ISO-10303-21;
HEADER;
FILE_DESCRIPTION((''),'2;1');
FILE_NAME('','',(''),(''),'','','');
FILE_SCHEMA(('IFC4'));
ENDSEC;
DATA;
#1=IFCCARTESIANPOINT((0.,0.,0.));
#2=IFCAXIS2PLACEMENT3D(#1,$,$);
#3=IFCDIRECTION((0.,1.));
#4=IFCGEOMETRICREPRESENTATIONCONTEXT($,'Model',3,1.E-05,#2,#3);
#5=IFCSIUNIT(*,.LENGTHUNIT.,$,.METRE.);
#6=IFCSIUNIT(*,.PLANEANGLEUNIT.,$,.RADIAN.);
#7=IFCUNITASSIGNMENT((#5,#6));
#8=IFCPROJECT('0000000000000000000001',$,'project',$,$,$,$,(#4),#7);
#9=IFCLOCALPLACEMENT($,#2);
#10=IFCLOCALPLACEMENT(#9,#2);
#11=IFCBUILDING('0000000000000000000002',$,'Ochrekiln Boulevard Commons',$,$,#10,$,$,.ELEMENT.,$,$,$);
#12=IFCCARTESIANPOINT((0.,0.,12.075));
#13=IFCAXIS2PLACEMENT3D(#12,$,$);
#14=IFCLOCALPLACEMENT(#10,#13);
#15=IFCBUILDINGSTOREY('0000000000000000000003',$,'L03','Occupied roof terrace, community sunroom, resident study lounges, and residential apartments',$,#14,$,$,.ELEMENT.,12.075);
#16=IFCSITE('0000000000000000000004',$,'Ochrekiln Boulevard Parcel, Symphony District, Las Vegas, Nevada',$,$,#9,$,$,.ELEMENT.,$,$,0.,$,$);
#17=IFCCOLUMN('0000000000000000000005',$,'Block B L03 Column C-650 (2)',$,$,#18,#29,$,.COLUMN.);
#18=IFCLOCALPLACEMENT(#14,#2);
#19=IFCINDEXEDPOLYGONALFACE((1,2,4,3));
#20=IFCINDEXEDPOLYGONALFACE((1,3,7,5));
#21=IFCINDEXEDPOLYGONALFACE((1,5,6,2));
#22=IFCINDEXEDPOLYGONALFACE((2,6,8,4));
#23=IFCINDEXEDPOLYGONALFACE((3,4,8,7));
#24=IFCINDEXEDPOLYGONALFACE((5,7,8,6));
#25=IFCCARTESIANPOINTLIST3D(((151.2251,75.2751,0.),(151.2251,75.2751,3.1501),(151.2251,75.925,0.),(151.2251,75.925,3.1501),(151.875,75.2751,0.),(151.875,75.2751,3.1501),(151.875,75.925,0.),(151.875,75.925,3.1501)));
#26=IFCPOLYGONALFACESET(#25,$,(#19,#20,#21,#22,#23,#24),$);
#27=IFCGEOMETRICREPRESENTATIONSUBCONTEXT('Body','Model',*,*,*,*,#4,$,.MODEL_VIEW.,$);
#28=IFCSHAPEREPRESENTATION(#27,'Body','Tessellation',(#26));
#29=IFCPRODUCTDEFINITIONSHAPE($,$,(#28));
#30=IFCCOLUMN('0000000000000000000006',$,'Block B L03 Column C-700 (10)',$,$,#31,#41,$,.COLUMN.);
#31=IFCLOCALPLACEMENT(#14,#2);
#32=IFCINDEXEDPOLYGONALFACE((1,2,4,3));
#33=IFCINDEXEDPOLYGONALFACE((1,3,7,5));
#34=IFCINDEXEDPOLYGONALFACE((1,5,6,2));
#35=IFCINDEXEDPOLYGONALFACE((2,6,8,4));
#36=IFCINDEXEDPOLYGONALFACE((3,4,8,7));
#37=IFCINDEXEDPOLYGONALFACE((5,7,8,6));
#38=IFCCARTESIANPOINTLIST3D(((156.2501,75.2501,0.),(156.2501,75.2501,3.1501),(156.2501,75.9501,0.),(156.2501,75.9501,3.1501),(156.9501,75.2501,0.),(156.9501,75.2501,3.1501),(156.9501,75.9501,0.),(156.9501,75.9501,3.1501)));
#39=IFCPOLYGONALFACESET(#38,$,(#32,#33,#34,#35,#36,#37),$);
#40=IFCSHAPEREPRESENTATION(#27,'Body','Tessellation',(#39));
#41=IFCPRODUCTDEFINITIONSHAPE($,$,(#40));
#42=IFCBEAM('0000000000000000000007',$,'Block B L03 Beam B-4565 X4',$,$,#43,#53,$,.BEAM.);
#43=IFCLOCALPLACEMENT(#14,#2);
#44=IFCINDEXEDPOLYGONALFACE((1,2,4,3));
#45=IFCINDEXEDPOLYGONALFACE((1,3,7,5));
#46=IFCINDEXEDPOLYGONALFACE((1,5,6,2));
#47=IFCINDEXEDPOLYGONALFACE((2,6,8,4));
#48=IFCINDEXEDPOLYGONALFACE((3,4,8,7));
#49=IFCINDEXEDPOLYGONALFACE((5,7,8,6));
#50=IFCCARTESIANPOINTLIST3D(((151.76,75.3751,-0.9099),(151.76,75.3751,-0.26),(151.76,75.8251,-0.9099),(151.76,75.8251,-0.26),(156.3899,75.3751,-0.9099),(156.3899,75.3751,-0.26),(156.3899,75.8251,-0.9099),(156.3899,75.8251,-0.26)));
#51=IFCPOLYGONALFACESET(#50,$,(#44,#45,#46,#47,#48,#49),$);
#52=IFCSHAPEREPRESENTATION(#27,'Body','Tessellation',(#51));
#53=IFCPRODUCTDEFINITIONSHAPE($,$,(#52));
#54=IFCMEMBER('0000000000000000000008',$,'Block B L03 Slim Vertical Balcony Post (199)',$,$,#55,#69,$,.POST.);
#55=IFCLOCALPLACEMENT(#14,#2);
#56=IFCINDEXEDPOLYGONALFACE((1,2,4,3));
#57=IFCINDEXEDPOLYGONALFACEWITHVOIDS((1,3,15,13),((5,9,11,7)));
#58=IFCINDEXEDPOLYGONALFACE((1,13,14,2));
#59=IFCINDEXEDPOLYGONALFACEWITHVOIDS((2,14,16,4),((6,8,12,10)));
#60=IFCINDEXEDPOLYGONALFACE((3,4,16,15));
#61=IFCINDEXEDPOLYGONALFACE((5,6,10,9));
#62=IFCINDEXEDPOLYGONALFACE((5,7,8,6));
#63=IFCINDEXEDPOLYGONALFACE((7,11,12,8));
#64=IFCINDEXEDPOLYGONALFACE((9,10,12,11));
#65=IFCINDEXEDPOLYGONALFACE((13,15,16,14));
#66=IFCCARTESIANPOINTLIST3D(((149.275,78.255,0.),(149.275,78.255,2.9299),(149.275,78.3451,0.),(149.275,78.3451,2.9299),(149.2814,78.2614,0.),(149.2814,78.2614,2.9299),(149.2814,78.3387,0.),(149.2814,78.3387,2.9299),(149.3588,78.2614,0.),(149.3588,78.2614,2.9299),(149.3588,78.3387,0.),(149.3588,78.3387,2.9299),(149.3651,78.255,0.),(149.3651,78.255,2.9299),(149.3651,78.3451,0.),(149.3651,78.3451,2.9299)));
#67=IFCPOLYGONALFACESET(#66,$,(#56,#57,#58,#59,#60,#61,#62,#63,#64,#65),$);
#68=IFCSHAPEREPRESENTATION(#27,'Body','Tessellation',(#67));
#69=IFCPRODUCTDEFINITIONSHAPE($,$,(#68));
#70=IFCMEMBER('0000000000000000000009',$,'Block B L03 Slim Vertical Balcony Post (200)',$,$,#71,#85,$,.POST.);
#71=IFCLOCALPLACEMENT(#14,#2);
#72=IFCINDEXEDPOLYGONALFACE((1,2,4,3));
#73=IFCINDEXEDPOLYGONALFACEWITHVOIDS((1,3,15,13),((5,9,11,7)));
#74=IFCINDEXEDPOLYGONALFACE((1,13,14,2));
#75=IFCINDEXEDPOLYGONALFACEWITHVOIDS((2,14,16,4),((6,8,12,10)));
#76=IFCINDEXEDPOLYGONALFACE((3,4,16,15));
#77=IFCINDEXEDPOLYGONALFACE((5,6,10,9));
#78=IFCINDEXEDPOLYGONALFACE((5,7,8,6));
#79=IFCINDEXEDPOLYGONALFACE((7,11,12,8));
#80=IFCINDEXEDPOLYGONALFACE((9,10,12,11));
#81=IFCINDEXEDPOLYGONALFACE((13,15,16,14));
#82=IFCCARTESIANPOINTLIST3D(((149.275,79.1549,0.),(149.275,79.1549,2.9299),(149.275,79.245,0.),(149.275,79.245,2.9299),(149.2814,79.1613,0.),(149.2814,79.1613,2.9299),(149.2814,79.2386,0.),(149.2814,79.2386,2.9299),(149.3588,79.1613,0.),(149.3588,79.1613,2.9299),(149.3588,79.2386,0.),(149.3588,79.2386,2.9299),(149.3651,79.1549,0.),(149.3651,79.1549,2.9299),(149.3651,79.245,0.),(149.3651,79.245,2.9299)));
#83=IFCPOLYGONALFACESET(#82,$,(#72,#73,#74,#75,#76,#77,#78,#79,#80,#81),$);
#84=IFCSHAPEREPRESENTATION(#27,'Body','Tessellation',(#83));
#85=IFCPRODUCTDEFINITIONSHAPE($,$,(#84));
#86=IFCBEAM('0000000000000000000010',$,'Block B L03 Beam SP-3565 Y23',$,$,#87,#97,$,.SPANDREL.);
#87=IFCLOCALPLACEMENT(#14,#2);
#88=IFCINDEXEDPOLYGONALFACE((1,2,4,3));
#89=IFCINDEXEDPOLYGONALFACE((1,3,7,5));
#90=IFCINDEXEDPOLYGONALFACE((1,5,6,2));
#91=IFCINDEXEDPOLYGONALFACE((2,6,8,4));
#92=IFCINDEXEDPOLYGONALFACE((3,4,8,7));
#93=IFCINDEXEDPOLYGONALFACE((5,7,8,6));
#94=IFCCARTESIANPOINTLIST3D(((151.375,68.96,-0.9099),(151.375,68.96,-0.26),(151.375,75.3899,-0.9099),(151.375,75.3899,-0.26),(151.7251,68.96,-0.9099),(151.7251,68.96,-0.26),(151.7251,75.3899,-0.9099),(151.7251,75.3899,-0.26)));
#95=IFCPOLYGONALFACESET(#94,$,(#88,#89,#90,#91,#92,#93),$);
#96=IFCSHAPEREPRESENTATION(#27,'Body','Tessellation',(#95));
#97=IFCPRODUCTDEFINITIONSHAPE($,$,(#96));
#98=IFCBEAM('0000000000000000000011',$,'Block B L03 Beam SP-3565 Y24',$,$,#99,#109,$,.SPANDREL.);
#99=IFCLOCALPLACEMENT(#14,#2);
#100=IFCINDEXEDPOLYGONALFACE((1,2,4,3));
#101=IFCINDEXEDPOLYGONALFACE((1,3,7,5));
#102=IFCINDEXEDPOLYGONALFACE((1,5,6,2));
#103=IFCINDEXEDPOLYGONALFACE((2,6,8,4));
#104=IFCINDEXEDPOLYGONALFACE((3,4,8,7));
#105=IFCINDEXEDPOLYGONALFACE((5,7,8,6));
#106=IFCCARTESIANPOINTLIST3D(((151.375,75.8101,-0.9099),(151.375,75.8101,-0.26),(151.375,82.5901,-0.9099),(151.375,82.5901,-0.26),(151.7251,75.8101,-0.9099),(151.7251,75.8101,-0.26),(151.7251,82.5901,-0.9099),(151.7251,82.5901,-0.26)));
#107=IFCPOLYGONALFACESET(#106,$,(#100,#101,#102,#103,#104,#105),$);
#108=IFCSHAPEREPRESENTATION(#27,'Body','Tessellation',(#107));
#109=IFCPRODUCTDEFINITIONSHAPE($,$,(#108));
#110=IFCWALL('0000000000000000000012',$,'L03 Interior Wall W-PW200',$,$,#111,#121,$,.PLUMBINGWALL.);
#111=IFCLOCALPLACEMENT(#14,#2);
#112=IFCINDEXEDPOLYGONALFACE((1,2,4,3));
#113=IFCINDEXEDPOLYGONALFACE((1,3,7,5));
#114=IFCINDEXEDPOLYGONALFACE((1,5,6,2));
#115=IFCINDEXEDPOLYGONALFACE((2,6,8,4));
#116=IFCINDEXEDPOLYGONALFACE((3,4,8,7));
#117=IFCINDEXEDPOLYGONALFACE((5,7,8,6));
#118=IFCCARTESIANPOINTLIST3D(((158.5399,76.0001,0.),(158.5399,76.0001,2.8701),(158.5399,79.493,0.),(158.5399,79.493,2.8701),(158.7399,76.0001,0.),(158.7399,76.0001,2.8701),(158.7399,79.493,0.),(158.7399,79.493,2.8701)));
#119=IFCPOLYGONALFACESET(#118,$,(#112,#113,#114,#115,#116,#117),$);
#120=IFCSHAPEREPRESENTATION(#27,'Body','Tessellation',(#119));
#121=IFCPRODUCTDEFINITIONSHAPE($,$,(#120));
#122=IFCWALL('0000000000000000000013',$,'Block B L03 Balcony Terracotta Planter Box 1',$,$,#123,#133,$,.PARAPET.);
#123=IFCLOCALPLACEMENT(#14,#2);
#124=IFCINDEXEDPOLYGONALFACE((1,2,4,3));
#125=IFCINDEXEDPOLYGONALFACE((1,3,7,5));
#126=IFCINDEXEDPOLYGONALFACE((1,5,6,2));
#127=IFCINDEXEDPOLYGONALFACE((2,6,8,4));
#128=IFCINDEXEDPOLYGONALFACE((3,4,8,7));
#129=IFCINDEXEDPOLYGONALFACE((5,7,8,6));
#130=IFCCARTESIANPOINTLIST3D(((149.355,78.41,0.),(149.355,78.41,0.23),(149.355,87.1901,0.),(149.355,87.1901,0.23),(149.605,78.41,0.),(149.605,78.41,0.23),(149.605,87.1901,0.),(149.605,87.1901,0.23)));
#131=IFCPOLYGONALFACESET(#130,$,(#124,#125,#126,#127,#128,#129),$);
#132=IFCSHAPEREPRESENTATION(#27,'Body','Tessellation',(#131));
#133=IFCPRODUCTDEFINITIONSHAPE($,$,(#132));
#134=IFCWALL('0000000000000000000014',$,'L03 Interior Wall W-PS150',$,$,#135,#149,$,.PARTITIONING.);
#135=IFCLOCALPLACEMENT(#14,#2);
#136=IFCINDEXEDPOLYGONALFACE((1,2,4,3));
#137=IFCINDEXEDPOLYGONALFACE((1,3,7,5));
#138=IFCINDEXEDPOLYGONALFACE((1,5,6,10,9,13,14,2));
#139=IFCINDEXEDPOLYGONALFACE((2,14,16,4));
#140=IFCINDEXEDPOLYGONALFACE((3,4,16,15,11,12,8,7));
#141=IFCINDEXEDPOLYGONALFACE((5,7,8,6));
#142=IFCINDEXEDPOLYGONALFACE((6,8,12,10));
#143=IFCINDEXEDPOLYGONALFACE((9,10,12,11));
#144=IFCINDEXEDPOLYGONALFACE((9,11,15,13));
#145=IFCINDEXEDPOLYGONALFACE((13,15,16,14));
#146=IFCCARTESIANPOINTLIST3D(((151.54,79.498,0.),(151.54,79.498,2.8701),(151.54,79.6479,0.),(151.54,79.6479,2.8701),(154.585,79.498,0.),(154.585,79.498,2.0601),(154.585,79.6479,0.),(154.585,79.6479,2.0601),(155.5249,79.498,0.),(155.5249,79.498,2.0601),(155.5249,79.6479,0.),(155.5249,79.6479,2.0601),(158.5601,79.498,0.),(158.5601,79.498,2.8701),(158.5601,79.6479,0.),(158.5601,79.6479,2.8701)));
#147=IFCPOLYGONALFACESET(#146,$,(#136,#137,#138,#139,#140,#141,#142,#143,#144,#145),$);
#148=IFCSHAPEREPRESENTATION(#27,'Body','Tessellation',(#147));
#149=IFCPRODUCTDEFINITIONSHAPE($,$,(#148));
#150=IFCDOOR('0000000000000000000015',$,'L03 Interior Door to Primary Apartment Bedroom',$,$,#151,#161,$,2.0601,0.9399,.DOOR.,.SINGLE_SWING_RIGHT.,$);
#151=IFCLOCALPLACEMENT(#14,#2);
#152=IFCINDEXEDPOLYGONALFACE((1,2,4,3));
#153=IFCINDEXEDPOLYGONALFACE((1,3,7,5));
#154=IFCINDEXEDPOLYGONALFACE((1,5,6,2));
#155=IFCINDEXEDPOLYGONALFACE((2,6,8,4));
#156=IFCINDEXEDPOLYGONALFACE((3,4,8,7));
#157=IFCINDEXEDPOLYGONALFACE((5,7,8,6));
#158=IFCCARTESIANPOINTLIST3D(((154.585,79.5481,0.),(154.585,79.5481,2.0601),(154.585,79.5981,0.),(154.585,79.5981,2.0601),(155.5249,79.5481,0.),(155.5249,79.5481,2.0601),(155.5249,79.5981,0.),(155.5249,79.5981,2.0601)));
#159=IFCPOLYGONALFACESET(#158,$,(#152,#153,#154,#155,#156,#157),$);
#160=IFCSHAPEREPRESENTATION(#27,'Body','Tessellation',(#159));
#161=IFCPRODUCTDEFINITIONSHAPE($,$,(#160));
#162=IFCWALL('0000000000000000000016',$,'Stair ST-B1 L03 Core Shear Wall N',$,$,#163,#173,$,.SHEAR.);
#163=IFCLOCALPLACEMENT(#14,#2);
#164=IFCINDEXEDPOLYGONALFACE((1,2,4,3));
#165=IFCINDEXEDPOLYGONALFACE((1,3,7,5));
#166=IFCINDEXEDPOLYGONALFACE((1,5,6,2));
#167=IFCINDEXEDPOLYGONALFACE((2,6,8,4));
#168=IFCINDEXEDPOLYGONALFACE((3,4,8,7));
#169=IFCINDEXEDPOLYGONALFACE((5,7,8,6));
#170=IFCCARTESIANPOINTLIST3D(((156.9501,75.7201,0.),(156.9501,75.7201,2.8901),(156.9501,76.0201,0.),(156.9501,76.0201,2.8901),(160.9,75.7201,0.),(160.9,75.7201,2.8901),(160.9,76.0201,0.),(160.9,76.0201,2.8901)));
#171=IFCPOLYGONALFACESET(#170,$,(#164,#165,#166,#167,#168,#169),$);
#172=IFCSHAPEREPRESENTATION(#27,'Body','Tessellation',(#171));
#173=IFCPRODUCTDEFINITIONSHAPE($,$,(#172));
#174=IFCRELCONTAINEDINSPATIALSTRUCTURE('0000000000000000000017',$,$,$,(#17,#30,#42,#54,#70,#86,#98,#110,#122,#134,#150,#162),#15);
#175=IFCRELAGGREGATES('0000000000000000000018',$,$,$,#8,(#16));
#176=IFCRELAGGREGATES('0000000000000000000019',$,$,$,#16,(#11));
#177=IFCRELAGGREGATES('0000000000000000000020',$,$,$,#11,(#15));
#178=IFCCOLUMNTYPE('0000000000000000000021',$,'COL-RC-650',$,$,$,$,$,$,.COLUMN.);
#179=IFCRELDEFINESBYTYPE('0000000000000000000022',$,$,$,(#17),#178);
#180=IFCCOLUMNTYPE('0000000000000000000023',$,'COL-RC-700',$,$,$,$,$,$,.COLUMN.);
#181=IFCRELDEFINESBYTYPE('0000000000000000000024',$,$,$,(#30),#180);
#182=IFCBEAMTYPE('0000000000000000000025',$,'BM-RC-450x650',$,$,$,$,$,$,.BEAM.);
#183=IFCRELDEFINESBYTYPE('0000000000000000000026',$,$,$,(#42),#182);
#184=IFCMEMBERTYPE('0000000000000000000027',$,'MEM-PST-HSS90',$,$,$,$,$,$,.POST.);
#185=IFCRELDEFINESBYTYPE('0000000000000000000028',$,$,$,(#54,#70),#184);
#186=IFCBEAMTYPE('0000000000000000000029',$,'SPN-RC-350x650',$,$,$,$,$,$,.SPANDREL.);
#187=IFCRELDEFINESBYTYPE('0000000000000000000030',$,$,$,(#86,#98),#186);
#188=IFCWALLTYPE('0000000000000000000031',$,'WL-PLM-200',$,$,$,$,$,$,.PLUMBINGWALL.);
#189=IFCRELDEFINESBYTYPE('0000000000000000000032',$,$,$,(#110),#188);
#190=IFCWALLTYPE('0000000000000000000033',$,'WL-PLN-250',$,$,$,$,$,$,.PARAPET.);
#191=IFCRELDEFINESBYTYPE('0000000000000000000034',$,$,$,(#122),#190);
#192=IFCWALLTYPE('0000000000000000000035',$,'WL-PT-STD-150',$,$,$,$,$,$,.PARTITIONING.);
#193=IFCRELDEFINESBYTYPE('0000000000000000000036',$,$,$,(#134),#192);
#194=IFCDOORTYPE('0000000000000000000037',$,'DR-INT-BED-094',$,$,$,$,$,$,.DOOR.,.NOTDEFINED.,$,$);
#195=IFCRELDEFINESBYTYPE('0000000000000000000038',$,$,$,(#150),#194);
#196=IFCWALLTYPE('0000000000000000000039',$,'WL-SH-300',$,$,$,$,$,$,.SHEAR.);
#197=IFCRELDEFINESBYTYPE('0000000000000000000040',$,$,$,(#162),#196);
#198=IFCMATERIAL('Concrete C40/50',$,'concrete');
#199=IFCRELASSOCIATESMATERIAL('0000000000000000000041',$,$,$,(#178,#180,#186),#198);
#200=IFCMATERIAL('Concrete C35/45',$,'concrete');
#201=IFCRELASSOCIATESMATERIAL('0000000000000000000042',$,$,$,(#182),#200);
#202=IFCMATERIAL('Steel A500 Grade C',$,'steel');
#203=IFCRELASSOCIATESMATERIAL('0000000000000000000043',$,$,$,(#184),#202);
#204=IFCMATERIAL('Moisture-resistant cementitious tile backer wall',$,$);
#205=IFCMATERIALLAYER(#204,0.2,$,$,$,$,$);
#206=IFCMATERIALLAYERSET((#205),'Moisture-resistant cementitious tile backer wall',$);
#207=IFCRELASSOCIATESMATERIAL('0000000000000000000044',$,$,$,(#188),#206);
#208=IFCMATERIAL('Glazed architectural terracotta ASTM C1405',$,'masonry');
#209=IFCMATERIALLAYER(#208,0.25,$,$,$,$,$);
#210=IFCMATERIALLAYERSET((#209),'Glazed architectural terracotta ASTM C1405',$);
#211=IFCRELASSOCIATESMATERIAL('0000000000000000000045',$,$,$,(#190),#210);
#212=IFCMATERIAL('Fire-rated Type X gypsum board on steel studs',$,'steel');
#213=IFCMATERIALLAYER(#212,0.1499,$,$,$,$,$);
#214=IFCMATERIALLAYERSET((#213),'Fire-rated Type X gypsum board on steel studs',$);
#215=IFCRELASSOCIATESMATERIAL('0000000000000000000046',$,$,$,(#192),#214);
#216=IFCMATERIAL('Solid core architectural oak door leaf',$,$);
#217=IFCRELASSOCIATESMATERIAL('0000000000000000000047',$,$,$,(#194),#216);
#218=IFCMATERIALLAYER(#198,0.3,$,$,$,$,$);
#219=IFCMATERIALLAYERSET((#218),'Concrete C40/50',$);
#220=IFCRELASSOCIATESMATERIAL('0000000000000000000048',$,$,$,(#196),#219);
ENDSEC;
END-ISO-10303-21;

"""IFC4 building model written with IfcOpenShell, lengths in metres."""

from ifc_helpers import new_model, si_unit, direction, frame, frame_2d, origin, origin_2d, place, context, subcontext, project, spatial, rectangle, hollow_rectangle, extrude, material, layer, layer_set, material_profile, profile_set, type_object, element, fill, save


model = new_model("IFC4")

# Units and contexts
model_context = context("Model", 3, precision=1e-05, world=origin(), true_north=direction((0.0, 1.0)))
body_context = subcontext(model_context, "Body", "Model", "MODEL_VIEW")
ifc_project = project(units=[si_unit("LENGTHUNIT", "METRE"), si_unit("PLANEANGLEUNIT", "RADIAN")], contexts=[model_context])

# Site, building, storey
site_placement = place(None, origin())
site = spatial("IfcSite", under=ifc_project, at=site_placement, Name="Ochrekiln Boulevard Parcel, Symphony District, Las Vegas, Nevada", CompositionType="ELEMENT", RefElevation=0.0)
building_placement = place(site_placement, origin())
building = spatial("IfcBuilding", under=site, at=building_placement, Name="Ochrekiln Boulevard Commons", CompositionType="ELEMENT")
storey_placement = place(building_placement, frame((0.0, 0.0, 12.075)))
storey = spatial("IfcBuildingStorey", under=building, at=storey_placement, Name="L03", Description="Occupied roof terrace, community sunroom, resident study lounges, and residential apartments", CompositionType="ELEMENT", Elevation=12.075)

# Columns
ifc_material_1 = material(Name="Concrete C40/50", Category="concrete")
ifc_material_profile_1 = material_profile(ifc_material_1, rectangle(XDim=0.6499, YDim=0.6499, at=origin_2d()), Name="RC-COL-650x650")
ifc_profile_set_1 = profile_set([ifc_material_profile_1], Name="Concrete C40/50")
column_type_1 = type_object("IfcColumnType", Name="COL-RC-650", PredefinedType="COLUMN", material=ifc_profile_set_1)
column_1_placement = place(storey_placement, frame((151.55, 75.6001, 0.0), z_axis=(0.0, 0.0, 1.0), x_axis=(1.0, 0.0, 0.0)))
element("IfcColumn", 1, at=column_1_placement, inside=storey, type_object=column_type_1, Name="Block B L03 Column C-650 (2)", PredefinedType="COLUMN", context=body_context, shape_type="SweptSolid", body=[
    extrude(rectangle(XDim=0.6499, YDim=0.6499, at=origin_2d()), origin(), (0.0, 0.0, 1.0), 3.1501),
])
ifc_material_profile_2 = material_profile(ifc_material_1, rectangle(XDim=0.7, YDim=0.7, at=origin_2d()), Name="RC-COL-700x700")
ifc_profile_set_2 = profile_set([ifc_material_profile_2], Name="Concrete C40/50")
column_type_2 = type_object("IfcColumnType", Name="COL-RC-700", PredefinedType="COLUMN", material=ifc_profile_set_2)
column_2_placement = place(storey_placement, frame((156.6001, 75.6001, 0.0), z_axis=(0.0, 0.0, 1.0), x_axis=(1.0, 0.0, 0.0)))
element("IfcColumn", 2, at=column_2_placement, inside=storey, type_object=column_type_2, Name="Block B L03 Column C-700 (10)", PredefinedType="COLUMN", context=body_context, shape_type="SweptSolid", body=[
    extrude(rectangle(XDim=0.7, YDim=0.7, at=origin_2d()), origin(), (0.0, 0.0, 1.0), 3.1501),
])

# Beam
ifc_material_2 = material(Name="Concrete C35/45", Category="concrete")
ifc_material_profile_3 = material_profile(ifc_material_2, rectangle(XDim=0.45, YDim=0.6499, at=origin_2d()), Name="RC-BM-450x650")
ifc_profile_set_3 = profile_set([ifc_material_profile_3], Name="Concrete C35/45")
beam_type_1 = type_object("IfcBeamType", Name="BM-RC-450x650", PredefinedType="BEAM", material=ifc_profile_set_3)
beam_1_placement = place(storey_placement, frame((151.76, 75.6001, -0.585), z_axis=(1.0, 0.0, 0.0), x_axis=(0.0, 1.0, 0.0)))
element("IfcBeam", 3, at=beam_1_placement, inside=storey, type_object=beam_type_1, Name="Block B L03 Beam B-4565 X4", PredefinedType="BEAM", context=body_context, shape_type="SweptSolid", body=[
    extrude(rectangle(XDim=0.45, YDim=0.6499, at=origin_2d()), origin(), (0.0, 0.0, 1.0), 4.6299),
])

# Members
ifc_material_3 = material(Name="Steel A500 Grade C", Category="steel")
ifc_material_profile_4 = material_profile(ifc_material_3, hollow_rectangle(XDim=0.0901, YDim=0.0901, WallThickness=0.0063, at=origin_2d()), Name="HSS90X90X6.4")
ifc_profile_set_4 = profile_set([ifc_material_profile_4], Name="Steel A500 Grade C")
member_type = type_object("IfcMemberType", Name="MEM-PST-HSS90", PredefinedType="POST", material=ifc_profile_set_4)
for number, where, z_axis, x_axis, name in (
    (4, (149.3201, 78.3, 0.0), (0.0, 0.0, 1.0), (1.0, 0.0, 0.0), "Block B L03 Slim Vertical Balcony Post (199)"),
    (5, (149.3201, 79.2, 0.0), (0.0, 0.0, 1.0), (1.0, 0.0, 0.0), "Block B L03 Slim Vertical Balcony Post (200)"),
):
    element("IfcMember", number, at=place(storey_placement, frame(where, z_axis=z_axis, x_axis=x_axis)), inside=storey, type_object=member_type, Name=name, PredefinedType="POST", context=body_context, shape_type="SweptSolid", body=[
        extrude(hollow_rectangle(XDim=0.0901, YDim=0.0901, WallThickness=0.0063, at=origin_2d()), origin(), (0.0, 0.0, 1.0), 2.9299),
    ])

# Beams
ifc_material_profile_5 = material_profile(ifc_material_1, rectangle(XDim=0.3501, YDim=0.6499, at=origin_2d()), Name="RC-SPN-350x650")
ifc_profile_set_5 = profile_set([ifc_material_profile_5], Name="Concrete C40/50")
beam_type_2 = type_object("IfcBeamType", Name="SPN-RC-350x650", PredefinedType="SPANDREL", material=ifc_profile_set_5)
beam_2_placement = place(storey_placement, frame((151.55, 68.96, -0.585), z_axis=(0.0, 1.0, 0.0), x_axis=(-1.0, 0.0, 0.0)))
element("IfcBeam", 6, at=beam_2_placement, inside=storey, type_object=beam_type_2, Name="Block B L03 Beam SP-3565 Y23", PredefinedType="SPANDREL", context=body_context, shape_type="SweptSolid", body=[
    extrude(rectangle(XDim=0.3501, YDim=0.6499, at=origin_2d()), origin(), (0.0, 0.0, 1.0), 6.4299),
])
beam_3_placement = place(storey_placement, frame((151.55, 75.8101, -0.585), z_axis=(0.0, 1.0, 0.0), x_axis=(-1.0, 0.0, 0.0)))
element("IfcBeam", 7, at=beam_3_placement, inside=storey, type_object=beam_type_2, Name="Block B L03 Beam SP-3565 Y24", PredefinedType="SPANDREL", context=body_context, shape_type="SweptSolid", body=[
    extrude(rectangle(XDim=0.3501, YDim=0.6499, at=origin_2d()), origin(), (0.0, 0.0, 1.0), 6.78),
])

# Walls
ifc_material_4 = material(Name="Moisture-resistant cementitious tile backer wall")
ifc_layer_1 = layer(ifc_material_4, 0.2)
ifc_layer_set_1 = layer_set([ifc_layer_1], Name="Moisture-resistant cementitious tile backer wall")
wall_type_1 = type_object("IfcWallType", Name="WL-PLM-200", PredefinedType="PLUMBINGWALL", material=ifc_layer_set_1)
wall_1_placement = place(storey_placement, frame((158.6399, 76.0, 0.0), z_axis=(0.0, 0.0, 1.0), x_axis=(0.0, 1.0, 0.0)))
element("IfcWall", 8, at=wall_1_placement, inside=storey, type_object=wall_type_1, Name="L03 Interior Wall W-PW200", PredefinedType="PLUMBINGWALL", context=body_context, shape_type="SweptSolid", body=[
    extrude(rectangle(XDim=3.4929, YDim=0.2, at=frame_2d((1.7466, 0.0))), origin(), (0.0, 0.0, 1.0), 2.8701),
])
ifc_material_5 = material(Name="Glazed architectural terracotta ASTM C1405", Category="masonry")
ifc_layer_2 = layer(ifc_material_5, 0.25)
ifc_layer_set_2 = layer_set([ifc_layer_2], Name="Glazed architectural terracotta ASTM C1405")
wall_type_2 = type_object("IfcWallType", Name="WL-PLN-250", PredefinedType="PARAPET", material=ifc_layer_set_2)
wall_2_placement = place(storey_placement, frame((149.48, 78.4099, 0.0), z_axis=(0.0, 0.0, 1.0), x_axis=(0.0, 1.0, 0.0)))
element("IfcWall", 9, at=wall_2_placement, inside=storey, type_object=wall_type_2, Name="Block B L03 Balcony Terracotta Planter Box 1", PredefinedType="PARAPET", context=body_context, shape_type="SweptSolid", body=[
    extrude(rectangle(XDim=8.78, YDim=0.25, at=frame_2d((4.3901, 0.0))), origin(), (0.0, 0.0, 1.0), 0.23),
])

# Wall, opening, door
ifc_material_6 = material(Name="Fire-rated Type X gypsum board on steel studs", Category="steel")
ifc_layer_3 = layer(ifc_material_6, 0.1499)
ifc_layer_set_3 = layer_set([ifc_layer_3], Name="Fire-rated Type X gypsum board on steel studs")
wall_type_3 = type_object("IfcWallType", Name="WL-PT-STD-150", PredefinedType="PARTITIONING", material=ifc_layer_set_3)
wall_3_placement = place(storey_placement, frame((151.54, 79.573, 0.0), z_axis=(0.0, 0.0, 1.0), x_axis=(1.0, 0.0, 0.0)))
wall_3 = element("IfcWall", 10, at=wall_3_placement, inside=storey, type_object=wall_type_3, Name="L03 Interior Wall W-PS150", PredefinedType="PARTITIONING", context=body_context, shape_type="SweptSolid", body=[
    extrude(rectangle(XDim=7.02, YDim=0.1499, at=frame_2d((3.51, 0.0))), origin(), (0.0, 0.0, 1.0), 2.8701),
])
opening_placement = place(wall_3_placement, frame((3.0449, 0.0, 0.0)))
opening = element("IfcOpeningElement", 11, at=opening_placement, cuts=wall_3, PredefinedType="OPENING", context=body_context, shape_type="SweptSolid", body=[
    extrude(rectangle(XDim=0.9399, YDim=2.0601, at=frame_2d((0.47, 1.03))), frame((0.0, 0.085, 0.0), z_axis=(0.0, -1.0, 0.0), x_axis=(1.0, 0.0, 0.0)), (0.0, 0.0, 1.0), 0.1699),
])
ifc_material_7 = material(Name="Solid core architectural oak door leaf")
door_type = type_object("IfcDoorType", Name="DR-INT-BED-094", OperationType="NOTDEFINED", PredefinedType="DOOR", material=ifc_material_7)
door_placement = place(opening_placement, frame((0.9399, 0.0, 0.0), z_axis=(0.0, 0.0, 1.0), x_axis=(-1.0, 0.0, 0.0)))
door = element("IfcDoor", 12, at=door_placement, inside=storey, type_object=door_type, Name="L03 Interior Door to Primary Apartment Bedroom", OperationType="SINGLE_SWING_RIGHT", OverallHeight=2.0601, OverallWidth=0.9399, PredefinedType="DOOR", context=body_context, shape_type="SweptSolid", body=[
    extrude(rectangle(XDim=0.9399, YDim=2.0601, at=frame_2d((0.47, 1.03))), frame((0.0, 0.0249, 0.0), z_axis=(0.0, -1.0, 0.0), x_axis=(1.0, 0.0, 0.0)), (0.0, 0.0, 1.0), 0.05),
])
fill(opening, door)

# Wall
ifc_layer_4 = layer(ifc_material_1, 0.3)
ifc_layer_set_4 = layer_set([ifc_layer_4], Name="Concrete C40/50")
wall_type_4 = type_object("IfcWallType", Name="WL-SH-300", PredefinedType="SHEAR", material=ifc_layer_set_4)
wall_4_placement = place(storey_placement, frame((156.95, 75.8701, 0.0), z_axis=(0.0, 0.0, 1.0), x_axis=(1.0, 0.0, 0.0)))
element("IfcWall", 13, at=wall_4_placement, inside=storey, type_object=wall_type_4, Name="Stair ST-B1 L03 Core Shear Wall N", PredefinedType="SHEAR", context=body_context, shape_type="SweptSolid", body=[
    extrude(rectangle(XDim=3.95, YDim=0.3, at=frame_2d((1.9751, 0.0))), origin(), (0.0, 0.0, 1.0), 2.8901),
])

save(model, "model.ifc")
